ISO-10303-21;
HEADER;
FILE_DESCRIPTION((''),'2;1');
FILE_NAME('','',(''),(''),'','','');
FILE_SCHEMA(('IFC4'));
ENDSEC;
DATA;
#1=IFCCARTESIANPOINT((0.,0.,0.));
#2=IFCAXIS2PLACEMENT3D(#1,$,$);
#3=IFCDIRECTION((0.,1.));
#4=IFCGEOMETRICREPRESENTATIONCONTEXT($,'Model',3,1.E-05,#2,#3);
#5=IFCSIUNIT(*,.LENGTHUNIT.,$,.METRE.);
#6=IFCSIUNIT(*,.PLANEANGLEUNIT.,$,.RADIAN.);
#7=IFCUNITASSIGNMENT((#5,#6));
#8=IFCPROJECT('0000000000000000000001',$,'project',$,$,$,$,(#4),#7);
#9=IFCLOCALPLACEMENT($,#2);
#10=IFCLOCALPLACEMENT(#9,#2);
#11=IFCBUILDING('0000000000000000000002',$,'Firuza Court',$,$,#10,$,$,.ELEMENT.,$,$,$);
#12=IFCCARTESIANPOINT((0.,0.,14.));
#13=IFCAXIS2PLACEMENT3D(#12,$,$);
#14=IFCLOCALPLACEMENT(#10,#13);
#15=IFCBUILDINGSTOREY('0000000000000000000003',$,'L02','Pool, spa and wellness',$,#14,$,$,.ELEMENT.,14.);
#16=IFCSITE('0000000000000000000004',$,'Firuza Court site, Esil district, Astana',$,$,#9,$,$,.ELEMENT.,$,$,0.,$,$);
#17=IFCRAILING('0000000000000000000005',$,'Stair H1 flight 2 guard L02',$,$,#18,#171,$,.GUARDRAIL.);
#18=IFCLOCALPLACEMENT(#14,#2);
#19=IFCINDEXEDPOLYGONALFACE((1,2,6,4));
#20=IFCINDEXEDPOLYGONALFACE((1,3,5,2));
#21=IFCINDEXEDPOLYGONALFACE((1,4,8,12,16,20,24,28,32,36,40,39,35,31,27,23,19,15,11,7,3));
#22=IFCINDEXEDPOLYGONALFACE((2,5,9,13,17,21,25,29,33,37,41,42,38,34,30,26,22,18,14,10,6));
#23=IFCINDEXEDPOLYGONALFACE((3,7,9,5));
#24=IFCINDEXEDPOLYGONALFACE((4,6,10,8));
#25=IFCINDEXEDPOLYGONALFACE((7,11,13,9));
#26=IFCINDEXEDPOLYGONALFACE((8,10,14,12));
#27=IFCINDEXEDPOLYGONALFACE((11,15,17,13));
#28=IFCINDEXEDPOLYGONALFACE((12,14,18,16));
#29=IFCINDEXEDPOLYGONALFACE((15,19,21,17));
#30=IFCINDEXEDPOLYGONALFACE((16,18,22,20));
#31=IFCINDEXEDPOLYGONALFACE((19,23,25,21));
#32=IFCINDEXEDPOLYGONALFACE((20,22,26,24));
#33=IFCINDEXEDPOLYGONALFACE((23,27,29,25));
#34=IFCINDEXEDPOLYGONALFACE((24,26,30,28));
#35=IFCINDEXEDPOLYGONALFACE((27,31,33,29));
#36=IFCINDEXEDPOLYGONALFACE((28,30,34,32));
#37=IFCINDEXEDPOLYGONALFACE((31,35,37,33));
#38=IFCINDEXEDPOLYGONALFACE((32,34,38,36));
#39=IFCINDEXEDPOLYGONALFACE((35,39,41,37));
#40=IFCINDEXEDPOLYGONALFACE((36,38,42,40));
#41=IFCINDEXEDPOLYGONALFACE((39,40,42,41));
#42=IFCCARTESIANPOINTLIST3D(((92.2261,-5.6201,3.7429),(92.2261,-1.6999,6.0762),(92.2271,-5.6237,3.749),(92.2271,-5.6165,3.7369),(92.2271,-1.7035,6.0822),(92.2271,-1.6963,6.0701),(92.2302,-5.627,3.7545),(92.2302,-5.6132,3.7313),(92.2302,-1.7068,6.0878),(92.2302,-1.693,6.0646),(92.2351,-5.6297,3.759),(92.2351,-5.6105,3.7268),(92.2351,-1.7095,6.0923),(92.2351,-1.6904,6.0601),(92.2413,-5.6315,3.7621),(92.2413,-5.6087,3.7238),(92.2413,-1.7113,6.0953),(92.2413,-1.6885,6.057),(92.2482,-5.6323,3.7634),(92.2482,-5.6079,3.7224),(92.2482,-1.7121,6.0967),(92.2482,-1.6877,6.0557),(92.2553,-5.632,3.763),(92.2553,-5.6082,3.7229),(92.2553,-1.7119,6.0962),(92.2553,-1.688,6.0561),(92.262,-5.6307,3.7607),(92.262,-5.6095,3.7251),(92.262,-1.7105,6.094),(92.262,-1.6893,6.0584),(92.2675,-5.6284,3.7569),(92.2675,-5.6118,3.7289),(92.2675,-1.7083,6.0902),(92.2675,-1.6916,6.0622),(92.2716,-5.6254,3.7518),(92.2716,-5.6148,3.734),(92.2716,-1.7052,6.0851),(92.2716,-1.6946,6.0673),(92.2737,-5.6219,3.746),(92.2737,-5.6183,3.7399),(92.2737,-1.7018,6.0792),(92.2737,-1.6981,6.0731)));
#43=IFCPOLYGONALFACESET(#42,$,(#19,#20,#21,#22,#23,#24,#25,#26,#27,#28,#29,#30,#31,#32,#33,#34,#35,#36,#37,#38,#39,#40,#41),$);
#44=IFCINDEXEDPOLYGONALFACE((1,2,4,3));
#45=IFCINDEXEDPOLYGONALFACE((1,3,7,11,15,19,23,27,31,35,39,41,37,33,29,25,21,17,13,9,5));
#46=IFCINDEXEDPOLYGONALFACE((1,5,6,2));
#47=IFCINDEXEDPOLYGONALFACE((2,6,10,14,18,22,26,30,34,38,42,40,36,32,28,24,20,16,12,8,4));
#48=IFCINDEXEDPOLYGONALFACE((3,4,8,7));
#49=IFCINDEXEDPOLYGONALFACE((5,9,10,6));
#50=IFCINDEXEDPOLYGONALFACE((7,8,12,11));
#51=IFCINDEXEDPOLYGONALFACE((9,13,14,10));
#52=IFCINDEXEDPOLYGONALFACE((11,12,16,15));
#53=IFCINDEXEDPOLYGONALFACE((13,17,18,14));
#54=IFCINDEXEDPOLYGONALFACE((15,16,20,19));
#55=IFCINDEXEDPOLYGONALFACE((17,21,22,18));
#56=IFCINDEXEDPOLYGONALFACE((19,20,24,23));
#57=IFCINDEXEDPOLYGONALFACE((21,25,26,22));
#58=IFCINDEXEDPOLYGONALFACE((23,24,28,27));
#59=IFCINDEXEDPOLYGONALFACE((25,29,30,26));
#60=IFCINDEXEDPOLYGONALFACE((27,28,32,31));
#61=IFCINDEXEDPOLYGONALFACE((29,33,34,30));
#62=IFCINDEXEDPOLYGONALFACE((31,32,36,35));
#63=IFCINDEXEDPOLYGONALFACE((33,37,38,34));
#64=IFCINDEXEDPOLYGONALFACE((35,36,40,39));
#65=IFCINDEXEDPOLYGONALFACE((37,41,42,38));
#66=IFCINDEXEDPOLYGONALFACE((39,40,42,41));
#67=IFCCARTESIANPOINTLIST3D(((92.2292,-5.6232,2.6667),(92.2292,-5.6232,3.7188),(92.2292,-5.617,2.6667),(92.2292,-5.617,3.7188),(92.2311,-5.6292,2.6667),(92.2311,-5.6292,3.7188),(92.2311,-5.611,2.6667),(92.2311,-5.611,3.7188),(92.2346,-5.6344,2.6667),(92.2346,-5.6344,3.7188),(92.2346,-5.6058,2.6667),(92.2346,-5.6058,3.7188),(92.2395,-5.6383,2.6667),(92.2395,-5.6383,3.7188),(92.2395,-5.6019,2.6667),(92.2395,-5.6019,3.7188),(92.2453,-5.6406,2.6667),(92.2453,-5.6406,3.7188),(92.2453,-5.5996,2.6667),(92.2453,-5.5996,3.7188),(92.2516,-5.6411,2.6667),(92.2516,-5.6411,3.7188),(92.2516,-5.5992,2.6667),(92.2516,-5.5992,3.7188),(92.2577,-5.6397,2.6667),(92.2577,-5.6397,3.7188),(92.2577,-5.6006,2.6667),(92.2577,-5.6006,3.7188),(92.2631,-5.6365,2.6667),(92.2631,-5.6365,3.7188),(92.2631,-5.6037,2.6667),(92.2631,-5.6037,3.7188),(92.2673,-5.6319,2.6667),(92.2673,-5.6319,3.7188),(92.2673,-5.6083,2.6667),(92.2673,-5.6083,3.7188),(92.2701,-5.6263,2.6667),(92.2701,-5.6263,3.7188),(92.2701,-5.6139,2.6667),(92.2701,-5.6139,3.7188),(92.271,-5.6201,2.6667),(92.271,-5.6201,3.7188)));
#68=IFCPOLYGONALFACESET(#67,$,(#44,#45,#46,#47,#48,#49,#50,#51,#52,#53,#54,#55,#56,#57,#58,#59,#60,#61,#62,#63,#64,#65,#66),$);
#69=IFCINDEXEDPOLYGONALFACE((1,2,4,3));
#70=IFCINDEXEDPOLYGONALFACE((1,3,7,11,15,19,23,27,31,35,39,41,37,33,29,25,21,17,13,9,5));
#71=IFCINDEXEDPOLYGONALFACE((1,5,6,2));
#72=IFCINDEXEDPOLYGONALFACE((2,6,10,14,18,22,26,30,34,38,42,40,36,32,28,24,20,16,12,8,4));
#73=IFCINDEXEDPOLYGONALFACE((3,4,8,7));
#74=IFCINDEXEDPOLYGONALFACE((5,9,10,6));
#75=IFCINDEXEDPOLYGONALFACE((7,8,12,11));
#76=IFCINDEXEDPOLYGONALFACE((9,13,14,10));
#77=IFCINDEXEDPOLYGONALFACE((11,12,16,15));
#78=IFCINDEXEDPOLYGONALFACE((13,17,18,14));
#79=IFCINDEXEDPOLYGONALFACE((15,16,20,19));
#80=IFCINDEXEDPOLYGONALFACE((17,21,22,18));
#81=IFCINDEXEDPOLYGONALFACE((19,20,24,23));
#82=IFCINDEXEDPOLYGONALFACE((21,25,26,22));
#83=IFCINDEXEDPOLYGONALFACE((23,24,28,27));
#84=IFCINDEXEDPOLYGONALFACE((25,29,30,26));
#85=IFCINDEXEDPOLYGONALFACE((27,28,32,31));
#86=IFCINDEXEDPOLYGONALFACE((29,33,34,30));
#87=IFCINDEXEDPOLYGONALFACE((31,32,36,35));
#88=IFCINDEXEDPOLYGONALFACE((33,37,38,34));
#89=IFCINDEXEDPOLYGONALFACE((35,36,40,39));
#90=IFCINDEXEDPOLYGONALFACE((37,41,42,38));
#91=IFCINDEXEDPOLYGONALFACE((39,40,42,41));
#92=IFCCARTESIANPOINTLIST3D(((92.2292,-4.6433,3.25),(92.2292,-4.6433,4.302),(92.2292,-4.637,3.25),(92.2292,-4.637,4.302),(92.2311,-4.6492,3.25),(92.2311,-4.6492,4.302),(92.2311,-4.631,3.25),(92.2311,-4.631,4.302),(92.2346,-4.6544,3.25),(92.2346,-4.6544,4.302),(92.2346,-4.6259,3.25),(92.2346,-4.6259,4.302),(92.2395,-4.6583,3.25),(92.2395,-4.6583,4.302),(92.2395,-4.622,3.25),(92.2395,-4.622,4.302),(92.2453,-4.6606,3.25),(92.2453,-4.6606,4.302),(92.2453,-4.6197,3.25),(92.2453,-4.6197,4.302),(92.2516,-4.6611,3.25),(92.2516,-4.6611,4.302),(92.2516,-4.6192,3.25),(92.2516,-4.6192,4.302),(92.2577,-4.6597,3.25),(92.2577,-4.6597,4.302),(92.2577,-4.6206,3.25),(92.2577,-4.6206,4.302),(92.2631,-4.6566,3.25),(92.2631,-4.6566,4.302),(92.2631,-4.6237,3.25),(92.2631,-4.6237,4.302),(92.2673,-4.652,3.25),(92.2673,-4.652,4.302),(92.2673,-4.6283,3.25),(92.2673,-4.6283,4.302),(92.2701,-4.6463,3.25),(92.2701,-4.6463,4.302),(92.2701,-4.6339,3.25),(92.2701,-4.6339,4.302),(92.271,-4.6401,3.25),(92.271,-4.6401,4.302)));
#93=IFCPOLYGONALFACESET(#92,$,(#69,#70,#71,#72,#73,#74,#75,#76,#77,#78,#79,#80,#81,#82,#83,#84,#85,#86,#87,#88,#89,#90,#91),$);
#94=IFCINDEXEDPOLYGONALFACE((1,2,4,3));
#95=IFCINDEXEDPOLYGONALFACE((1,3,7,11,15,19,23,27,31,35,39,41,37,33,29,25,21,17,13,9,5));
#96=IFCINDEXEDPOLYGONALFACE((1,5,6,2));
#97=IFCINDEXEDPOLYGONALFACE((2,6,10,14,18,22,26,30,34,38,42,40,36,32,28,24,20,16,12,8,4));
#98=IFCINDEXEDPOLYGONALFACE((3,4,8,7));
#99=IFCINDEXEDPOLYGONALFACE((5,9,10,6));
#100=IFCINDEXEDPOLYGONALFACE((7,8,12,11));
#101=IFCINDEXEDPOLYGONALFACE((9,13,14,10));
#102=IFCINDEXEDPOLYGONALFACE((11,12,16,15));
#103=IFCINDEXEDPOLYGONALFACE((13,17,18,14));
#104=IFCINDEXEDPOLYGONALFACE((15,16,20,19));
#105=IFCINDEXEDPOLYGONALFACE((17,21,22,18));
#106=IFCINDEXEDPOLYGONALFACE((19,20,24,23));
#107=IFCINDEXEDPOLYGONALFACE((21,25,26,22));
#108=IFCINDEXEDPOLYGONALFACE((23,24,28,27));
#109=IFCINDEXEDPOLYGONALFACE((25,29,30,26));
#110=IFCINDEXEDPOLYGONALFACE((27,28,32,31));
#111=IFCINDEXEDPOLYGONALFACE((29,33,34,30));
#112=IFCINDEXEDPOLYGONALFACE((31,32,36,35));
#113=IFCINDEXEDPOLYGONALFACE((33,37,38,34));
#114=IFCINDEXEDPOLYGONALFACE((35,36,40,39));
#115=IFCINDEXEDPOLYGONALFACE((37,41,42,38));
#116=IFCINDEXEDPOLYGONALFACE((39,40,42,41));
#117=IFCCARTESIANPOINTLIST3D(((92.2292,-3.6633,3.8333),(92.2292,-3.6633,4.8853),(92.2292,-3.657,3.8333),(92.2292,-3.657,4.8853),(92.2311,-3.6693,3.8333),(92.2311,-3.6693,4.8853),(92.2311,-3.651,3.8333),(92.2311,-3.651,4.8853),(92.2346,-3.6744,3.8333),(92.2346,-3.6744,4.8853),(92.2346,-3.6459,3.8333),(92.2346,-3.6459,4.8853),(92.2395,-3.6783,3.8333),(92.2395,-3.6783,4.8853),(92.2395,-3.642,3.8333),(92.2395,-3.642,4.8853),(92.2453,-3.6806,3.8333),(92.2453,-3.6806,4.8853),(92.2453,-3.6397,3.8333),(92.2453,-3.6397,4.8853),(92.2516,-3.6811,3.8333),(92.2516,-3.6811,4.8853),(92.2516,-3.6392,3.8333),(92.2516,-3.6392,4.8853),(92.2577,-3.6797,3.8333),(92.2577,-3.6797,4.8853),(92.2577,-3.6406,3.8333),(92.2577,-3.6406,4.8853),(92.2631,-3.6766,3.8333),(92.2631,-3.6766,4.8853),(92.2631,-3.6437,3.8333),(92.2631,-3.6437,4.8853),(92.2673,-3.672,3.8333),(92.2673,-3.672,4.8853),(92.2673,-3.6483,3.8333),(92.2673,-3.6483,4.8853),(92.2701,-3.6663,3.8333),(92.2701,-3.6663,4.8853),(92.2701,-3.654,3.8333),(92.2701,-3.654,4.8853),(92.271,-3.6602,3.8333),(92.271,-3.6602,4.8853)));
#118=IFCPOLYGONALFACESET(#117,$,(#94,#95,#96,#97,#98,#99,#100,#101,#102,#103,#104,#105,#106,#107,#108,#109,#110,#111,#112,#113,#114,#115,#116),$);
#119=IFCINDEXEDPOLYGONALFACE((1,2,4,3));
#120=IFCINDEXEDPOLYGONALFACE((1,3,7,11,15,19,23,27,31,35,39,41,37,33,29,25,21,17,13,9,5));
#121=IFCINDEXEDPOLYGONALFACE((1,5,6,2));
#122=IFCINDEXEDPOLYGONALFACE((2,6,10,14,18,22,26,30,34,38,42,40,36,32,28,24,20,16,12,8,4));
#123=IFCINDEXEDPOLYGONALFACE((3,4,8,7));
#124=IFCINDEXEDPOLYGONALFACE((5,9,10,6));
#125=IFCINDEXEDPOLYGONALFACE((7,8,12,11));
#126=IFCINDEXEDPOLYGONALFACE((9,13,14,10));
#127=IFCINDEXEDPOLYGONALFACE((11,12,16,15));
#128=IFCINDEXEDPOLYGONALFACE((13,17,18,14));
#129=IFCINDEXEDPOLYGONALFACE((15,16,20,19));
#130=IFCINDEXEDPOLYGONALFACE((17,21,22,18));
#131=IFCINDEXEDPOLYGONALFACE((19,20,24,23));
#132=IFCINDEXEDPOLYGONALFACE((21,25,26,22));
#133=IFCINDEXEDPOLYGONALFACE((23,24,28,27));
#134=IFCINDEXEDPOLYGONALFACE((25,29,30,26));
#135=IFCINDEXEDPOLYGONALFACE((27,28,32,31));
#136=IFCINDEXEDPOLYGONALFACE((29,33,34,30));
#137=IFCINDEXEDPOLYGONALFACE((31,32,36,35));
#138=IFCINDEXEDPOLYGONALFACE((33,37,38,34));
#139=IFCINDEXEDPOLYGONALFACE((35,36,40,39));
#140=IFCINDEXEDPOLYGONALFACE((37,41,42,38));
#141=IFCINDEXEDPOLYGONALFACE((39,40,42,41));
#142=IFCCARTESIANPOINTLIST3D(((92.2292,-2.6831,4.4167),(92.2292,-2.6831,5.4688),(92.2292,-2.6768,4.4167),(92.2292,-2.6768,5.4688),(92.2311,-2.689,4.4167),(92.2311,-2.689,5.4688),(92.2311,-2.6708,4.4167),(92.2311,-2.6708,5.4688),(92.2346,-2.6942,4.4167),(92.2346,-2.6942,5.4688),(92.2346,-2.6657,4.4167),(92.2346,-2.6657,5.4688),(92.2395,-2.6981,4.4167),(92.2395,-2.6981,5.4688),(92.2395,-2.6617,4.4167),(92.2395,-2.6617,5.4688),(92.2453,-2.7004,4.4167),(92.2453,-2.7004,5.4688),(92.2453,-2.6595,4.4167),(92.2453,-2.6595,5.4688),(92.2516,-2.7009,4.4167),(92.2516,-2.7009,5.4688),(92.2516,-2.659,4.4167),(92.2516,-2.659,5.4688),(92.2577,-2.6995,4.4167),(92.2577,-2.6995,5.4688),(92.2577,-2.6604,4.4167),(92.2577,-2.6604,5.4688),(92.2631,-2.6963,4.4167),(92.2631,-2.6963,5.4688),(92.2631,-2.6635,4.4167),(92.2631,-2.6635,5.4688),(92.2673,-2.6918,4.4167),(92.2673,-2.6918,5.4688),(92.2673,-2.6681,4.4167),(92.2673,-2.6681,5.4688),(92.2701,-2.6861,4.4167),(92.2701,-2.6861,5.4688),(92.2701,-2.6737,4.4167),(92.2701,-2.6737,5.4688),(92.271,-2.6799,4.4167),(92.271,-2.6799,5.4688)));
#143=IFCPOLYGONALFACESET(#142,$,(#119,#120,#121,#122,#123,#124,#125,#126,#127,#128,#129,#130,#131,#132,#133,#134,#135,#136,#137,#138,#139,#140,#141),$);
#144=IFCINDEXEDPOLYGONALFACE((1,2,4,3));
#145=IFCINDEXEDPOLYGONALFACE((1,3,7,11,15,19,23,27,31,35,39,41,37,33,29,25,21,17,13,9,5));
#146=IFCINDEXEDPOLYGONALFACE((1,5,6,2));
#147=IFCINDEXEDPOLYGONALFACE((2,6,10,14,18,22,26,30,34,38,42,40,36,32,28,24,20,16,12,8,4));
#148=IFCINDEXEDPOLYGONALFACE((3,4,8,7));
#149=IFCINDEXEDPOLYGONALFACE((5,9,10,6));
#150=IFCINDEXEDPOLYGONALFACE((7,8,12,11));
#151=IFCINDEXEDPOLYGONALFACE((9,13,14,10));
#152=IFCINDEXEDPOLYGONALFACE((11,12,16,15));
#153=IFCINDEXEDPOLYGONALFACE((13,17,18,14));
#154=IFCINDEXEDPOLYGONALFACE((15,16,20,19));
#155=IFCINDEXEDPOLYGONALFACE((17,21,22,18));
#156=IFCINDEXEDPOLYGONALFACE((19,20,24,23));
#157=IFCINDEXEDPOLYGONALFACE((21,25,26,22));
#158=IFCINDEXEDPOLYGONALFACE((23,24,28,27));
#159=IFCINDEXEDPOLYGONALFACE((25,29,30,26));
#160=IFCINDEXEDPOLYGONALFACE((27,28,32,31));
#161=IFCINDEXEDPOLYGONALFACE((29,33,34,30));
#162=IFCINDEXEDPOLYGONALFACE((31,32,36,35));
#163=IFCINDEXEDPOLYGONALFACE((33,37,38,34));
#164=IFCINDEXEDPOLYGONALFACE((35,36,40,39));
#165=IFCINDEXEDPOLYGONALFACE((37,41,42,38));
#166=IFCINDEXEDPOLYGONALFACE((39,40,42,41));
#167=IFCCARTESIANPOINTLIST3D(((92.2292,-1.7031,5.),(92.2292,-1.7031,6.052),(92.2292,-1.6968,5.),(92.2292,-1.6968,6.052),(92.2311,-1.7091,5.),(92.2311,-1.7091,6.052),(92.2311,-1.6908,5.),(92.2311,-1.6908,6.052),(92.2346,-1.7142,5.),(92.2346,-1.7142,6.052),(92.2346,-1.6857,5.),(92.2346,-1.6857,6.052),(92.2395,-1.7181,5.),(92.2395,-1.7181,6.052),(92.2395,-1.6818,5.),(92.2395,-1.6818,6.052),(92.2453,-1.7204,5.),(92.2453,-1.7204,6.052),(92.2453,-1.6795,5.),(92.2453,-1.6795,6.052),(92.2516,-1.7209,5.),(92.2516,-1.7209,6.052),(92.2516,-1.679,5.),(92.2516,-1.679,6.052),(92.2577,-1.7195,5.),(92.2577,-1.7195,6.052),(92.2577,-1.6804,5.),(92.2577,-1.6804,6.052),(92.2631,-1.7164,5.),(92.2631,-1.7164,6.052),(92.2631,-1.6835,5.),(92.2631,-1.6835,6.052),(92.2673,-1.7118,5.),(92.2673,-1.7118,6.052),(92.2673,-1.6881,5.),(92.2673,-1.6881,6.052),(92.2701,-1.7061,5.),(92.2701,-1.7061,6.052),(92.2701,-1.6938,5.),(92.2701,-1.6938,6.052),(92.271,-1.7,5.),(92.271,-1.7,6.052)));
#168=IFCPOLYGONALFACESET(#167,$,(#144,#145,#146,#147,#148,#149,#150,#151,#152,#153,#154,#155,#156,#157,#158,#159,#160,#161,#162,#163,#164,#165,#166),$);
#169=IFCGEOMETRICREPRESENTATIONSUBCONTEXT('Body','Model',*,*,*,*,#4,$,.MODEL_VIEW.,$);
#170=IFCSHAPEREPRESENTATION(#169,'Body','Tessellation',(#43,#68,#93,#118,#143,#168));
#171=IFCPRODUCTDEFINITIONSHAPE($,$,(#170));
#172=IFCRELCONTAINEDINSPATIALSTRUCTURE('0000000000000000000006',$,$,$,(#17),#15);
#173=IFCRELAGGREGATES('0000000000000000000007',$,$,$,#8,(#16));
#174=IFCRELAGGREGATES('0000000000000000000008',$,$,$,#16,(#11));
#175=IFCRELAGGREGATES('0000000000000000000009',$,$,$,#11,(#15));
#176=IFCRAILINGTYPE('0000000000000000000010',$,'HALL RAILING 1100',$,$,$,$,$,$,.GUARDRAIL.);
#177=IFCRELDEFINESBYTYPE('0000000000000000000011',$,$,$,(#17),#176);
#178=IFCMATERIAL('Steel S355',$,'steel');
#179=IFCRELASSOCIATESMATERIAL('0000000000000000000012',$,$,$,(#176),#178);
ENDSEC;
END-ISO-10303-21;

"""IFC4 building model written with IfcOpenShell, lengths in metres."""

from ifc_helpers import new_model, si_unit, direction, frame, origin, origin_2d, place, context, subcontext, project, spatial, circle, extrude, material, type_object, element, save


model = new_model("IFC4")

# Units and contexts
model_context = context("Model", 3, precision=1e-05, world=origin(), true_north=direction((0.0, 1.0)))
body_context = subcontext(model_context, "Body", "Model", "MODEL_VIEW")
ifc_project = project(units=[si_unit("LENGTHUNIT", "METRE"), si_unit("PLANEANGLEUNIT", "RADIAN")], contexts=[model_context])

# Site, building, storey
site_placement = place(None, origin())
site = spatial("IfcSite", under=ifc_project, at=site_placement, Name="Firuza Court site, Esil district, Astana", CompositionType="ELEMENT", RefElevation=0.0)
building_placement = place(site_placement, origin())
building = spatial("IfcBuilding", under=site, at=building_placement, Name="Firuza Court", CompositionType="ELEMENT")
storey_placement = place(building_placement, frame((0.0, 0.0, 14.0)))
storey = spatial("IfcBuildingStorey", under=building, at=storey_placement, Name="L02", Description="Pool, spa and wellness", CompositionType="ELEMENT", Elevation=14.0)

# Railing
ifc_material_1 = material(Name="Steel S355", Category="steel")
railing_type = type_object("IfcRailingType", Name="HALL RAILING 1100", PredefinedType="GUARDRAIL", material=ifc_material_1)
railing_placement = place(storey_placement, frame((92.25, -5.6201, 2.6667)))
element("IfcRailing", 1, at=railing_placement, inside=storey, type_object=railing_type, Name="Stair H1 flight 2 guard L02", PredefinedType="GUARDRAIL", context=body_context, shape_type="SweptSolid", body=[
    extrude(circle(Radius=0.0239, at=origin_2d()), frame((0.0, 0.0, 1.0762), z_axis=(0.0, 0.85931, 0.511455), x_axis=(-1.0, 0.0, 0.0)), (0.0, 0.0, 1.0), 4.562),
    extrude(circle(Radius=0.021, at=origin_2d()), origin(), (0.0, 0.0, 1.0), 1.052),
    extrude(circle(Radius=0.021, at=origin_2d()), frame((0.0, 0.98, 0.5833)), (0.0, 0.0, 1.0), 1.052),
    extrude(circle(Radius=0.021, at=origin_2d()), frame((0.0, 1.96, 1.1665)), (0.0, 0.0, 1.0), 1.052),
    extrude(circle(Radius=0.021, at=origin_2d()), frame((0.0, 2.9402, 1.75)), (0.0, 0.0, 1.0), 1.052),
    extrude(circle(Radius=0.021, at=origin_2d()), frame((0.0, 3.9202, 2.3333)), (0.0, 0.0, 1.0), 1.052),
])

save(model, "model.ifc")
